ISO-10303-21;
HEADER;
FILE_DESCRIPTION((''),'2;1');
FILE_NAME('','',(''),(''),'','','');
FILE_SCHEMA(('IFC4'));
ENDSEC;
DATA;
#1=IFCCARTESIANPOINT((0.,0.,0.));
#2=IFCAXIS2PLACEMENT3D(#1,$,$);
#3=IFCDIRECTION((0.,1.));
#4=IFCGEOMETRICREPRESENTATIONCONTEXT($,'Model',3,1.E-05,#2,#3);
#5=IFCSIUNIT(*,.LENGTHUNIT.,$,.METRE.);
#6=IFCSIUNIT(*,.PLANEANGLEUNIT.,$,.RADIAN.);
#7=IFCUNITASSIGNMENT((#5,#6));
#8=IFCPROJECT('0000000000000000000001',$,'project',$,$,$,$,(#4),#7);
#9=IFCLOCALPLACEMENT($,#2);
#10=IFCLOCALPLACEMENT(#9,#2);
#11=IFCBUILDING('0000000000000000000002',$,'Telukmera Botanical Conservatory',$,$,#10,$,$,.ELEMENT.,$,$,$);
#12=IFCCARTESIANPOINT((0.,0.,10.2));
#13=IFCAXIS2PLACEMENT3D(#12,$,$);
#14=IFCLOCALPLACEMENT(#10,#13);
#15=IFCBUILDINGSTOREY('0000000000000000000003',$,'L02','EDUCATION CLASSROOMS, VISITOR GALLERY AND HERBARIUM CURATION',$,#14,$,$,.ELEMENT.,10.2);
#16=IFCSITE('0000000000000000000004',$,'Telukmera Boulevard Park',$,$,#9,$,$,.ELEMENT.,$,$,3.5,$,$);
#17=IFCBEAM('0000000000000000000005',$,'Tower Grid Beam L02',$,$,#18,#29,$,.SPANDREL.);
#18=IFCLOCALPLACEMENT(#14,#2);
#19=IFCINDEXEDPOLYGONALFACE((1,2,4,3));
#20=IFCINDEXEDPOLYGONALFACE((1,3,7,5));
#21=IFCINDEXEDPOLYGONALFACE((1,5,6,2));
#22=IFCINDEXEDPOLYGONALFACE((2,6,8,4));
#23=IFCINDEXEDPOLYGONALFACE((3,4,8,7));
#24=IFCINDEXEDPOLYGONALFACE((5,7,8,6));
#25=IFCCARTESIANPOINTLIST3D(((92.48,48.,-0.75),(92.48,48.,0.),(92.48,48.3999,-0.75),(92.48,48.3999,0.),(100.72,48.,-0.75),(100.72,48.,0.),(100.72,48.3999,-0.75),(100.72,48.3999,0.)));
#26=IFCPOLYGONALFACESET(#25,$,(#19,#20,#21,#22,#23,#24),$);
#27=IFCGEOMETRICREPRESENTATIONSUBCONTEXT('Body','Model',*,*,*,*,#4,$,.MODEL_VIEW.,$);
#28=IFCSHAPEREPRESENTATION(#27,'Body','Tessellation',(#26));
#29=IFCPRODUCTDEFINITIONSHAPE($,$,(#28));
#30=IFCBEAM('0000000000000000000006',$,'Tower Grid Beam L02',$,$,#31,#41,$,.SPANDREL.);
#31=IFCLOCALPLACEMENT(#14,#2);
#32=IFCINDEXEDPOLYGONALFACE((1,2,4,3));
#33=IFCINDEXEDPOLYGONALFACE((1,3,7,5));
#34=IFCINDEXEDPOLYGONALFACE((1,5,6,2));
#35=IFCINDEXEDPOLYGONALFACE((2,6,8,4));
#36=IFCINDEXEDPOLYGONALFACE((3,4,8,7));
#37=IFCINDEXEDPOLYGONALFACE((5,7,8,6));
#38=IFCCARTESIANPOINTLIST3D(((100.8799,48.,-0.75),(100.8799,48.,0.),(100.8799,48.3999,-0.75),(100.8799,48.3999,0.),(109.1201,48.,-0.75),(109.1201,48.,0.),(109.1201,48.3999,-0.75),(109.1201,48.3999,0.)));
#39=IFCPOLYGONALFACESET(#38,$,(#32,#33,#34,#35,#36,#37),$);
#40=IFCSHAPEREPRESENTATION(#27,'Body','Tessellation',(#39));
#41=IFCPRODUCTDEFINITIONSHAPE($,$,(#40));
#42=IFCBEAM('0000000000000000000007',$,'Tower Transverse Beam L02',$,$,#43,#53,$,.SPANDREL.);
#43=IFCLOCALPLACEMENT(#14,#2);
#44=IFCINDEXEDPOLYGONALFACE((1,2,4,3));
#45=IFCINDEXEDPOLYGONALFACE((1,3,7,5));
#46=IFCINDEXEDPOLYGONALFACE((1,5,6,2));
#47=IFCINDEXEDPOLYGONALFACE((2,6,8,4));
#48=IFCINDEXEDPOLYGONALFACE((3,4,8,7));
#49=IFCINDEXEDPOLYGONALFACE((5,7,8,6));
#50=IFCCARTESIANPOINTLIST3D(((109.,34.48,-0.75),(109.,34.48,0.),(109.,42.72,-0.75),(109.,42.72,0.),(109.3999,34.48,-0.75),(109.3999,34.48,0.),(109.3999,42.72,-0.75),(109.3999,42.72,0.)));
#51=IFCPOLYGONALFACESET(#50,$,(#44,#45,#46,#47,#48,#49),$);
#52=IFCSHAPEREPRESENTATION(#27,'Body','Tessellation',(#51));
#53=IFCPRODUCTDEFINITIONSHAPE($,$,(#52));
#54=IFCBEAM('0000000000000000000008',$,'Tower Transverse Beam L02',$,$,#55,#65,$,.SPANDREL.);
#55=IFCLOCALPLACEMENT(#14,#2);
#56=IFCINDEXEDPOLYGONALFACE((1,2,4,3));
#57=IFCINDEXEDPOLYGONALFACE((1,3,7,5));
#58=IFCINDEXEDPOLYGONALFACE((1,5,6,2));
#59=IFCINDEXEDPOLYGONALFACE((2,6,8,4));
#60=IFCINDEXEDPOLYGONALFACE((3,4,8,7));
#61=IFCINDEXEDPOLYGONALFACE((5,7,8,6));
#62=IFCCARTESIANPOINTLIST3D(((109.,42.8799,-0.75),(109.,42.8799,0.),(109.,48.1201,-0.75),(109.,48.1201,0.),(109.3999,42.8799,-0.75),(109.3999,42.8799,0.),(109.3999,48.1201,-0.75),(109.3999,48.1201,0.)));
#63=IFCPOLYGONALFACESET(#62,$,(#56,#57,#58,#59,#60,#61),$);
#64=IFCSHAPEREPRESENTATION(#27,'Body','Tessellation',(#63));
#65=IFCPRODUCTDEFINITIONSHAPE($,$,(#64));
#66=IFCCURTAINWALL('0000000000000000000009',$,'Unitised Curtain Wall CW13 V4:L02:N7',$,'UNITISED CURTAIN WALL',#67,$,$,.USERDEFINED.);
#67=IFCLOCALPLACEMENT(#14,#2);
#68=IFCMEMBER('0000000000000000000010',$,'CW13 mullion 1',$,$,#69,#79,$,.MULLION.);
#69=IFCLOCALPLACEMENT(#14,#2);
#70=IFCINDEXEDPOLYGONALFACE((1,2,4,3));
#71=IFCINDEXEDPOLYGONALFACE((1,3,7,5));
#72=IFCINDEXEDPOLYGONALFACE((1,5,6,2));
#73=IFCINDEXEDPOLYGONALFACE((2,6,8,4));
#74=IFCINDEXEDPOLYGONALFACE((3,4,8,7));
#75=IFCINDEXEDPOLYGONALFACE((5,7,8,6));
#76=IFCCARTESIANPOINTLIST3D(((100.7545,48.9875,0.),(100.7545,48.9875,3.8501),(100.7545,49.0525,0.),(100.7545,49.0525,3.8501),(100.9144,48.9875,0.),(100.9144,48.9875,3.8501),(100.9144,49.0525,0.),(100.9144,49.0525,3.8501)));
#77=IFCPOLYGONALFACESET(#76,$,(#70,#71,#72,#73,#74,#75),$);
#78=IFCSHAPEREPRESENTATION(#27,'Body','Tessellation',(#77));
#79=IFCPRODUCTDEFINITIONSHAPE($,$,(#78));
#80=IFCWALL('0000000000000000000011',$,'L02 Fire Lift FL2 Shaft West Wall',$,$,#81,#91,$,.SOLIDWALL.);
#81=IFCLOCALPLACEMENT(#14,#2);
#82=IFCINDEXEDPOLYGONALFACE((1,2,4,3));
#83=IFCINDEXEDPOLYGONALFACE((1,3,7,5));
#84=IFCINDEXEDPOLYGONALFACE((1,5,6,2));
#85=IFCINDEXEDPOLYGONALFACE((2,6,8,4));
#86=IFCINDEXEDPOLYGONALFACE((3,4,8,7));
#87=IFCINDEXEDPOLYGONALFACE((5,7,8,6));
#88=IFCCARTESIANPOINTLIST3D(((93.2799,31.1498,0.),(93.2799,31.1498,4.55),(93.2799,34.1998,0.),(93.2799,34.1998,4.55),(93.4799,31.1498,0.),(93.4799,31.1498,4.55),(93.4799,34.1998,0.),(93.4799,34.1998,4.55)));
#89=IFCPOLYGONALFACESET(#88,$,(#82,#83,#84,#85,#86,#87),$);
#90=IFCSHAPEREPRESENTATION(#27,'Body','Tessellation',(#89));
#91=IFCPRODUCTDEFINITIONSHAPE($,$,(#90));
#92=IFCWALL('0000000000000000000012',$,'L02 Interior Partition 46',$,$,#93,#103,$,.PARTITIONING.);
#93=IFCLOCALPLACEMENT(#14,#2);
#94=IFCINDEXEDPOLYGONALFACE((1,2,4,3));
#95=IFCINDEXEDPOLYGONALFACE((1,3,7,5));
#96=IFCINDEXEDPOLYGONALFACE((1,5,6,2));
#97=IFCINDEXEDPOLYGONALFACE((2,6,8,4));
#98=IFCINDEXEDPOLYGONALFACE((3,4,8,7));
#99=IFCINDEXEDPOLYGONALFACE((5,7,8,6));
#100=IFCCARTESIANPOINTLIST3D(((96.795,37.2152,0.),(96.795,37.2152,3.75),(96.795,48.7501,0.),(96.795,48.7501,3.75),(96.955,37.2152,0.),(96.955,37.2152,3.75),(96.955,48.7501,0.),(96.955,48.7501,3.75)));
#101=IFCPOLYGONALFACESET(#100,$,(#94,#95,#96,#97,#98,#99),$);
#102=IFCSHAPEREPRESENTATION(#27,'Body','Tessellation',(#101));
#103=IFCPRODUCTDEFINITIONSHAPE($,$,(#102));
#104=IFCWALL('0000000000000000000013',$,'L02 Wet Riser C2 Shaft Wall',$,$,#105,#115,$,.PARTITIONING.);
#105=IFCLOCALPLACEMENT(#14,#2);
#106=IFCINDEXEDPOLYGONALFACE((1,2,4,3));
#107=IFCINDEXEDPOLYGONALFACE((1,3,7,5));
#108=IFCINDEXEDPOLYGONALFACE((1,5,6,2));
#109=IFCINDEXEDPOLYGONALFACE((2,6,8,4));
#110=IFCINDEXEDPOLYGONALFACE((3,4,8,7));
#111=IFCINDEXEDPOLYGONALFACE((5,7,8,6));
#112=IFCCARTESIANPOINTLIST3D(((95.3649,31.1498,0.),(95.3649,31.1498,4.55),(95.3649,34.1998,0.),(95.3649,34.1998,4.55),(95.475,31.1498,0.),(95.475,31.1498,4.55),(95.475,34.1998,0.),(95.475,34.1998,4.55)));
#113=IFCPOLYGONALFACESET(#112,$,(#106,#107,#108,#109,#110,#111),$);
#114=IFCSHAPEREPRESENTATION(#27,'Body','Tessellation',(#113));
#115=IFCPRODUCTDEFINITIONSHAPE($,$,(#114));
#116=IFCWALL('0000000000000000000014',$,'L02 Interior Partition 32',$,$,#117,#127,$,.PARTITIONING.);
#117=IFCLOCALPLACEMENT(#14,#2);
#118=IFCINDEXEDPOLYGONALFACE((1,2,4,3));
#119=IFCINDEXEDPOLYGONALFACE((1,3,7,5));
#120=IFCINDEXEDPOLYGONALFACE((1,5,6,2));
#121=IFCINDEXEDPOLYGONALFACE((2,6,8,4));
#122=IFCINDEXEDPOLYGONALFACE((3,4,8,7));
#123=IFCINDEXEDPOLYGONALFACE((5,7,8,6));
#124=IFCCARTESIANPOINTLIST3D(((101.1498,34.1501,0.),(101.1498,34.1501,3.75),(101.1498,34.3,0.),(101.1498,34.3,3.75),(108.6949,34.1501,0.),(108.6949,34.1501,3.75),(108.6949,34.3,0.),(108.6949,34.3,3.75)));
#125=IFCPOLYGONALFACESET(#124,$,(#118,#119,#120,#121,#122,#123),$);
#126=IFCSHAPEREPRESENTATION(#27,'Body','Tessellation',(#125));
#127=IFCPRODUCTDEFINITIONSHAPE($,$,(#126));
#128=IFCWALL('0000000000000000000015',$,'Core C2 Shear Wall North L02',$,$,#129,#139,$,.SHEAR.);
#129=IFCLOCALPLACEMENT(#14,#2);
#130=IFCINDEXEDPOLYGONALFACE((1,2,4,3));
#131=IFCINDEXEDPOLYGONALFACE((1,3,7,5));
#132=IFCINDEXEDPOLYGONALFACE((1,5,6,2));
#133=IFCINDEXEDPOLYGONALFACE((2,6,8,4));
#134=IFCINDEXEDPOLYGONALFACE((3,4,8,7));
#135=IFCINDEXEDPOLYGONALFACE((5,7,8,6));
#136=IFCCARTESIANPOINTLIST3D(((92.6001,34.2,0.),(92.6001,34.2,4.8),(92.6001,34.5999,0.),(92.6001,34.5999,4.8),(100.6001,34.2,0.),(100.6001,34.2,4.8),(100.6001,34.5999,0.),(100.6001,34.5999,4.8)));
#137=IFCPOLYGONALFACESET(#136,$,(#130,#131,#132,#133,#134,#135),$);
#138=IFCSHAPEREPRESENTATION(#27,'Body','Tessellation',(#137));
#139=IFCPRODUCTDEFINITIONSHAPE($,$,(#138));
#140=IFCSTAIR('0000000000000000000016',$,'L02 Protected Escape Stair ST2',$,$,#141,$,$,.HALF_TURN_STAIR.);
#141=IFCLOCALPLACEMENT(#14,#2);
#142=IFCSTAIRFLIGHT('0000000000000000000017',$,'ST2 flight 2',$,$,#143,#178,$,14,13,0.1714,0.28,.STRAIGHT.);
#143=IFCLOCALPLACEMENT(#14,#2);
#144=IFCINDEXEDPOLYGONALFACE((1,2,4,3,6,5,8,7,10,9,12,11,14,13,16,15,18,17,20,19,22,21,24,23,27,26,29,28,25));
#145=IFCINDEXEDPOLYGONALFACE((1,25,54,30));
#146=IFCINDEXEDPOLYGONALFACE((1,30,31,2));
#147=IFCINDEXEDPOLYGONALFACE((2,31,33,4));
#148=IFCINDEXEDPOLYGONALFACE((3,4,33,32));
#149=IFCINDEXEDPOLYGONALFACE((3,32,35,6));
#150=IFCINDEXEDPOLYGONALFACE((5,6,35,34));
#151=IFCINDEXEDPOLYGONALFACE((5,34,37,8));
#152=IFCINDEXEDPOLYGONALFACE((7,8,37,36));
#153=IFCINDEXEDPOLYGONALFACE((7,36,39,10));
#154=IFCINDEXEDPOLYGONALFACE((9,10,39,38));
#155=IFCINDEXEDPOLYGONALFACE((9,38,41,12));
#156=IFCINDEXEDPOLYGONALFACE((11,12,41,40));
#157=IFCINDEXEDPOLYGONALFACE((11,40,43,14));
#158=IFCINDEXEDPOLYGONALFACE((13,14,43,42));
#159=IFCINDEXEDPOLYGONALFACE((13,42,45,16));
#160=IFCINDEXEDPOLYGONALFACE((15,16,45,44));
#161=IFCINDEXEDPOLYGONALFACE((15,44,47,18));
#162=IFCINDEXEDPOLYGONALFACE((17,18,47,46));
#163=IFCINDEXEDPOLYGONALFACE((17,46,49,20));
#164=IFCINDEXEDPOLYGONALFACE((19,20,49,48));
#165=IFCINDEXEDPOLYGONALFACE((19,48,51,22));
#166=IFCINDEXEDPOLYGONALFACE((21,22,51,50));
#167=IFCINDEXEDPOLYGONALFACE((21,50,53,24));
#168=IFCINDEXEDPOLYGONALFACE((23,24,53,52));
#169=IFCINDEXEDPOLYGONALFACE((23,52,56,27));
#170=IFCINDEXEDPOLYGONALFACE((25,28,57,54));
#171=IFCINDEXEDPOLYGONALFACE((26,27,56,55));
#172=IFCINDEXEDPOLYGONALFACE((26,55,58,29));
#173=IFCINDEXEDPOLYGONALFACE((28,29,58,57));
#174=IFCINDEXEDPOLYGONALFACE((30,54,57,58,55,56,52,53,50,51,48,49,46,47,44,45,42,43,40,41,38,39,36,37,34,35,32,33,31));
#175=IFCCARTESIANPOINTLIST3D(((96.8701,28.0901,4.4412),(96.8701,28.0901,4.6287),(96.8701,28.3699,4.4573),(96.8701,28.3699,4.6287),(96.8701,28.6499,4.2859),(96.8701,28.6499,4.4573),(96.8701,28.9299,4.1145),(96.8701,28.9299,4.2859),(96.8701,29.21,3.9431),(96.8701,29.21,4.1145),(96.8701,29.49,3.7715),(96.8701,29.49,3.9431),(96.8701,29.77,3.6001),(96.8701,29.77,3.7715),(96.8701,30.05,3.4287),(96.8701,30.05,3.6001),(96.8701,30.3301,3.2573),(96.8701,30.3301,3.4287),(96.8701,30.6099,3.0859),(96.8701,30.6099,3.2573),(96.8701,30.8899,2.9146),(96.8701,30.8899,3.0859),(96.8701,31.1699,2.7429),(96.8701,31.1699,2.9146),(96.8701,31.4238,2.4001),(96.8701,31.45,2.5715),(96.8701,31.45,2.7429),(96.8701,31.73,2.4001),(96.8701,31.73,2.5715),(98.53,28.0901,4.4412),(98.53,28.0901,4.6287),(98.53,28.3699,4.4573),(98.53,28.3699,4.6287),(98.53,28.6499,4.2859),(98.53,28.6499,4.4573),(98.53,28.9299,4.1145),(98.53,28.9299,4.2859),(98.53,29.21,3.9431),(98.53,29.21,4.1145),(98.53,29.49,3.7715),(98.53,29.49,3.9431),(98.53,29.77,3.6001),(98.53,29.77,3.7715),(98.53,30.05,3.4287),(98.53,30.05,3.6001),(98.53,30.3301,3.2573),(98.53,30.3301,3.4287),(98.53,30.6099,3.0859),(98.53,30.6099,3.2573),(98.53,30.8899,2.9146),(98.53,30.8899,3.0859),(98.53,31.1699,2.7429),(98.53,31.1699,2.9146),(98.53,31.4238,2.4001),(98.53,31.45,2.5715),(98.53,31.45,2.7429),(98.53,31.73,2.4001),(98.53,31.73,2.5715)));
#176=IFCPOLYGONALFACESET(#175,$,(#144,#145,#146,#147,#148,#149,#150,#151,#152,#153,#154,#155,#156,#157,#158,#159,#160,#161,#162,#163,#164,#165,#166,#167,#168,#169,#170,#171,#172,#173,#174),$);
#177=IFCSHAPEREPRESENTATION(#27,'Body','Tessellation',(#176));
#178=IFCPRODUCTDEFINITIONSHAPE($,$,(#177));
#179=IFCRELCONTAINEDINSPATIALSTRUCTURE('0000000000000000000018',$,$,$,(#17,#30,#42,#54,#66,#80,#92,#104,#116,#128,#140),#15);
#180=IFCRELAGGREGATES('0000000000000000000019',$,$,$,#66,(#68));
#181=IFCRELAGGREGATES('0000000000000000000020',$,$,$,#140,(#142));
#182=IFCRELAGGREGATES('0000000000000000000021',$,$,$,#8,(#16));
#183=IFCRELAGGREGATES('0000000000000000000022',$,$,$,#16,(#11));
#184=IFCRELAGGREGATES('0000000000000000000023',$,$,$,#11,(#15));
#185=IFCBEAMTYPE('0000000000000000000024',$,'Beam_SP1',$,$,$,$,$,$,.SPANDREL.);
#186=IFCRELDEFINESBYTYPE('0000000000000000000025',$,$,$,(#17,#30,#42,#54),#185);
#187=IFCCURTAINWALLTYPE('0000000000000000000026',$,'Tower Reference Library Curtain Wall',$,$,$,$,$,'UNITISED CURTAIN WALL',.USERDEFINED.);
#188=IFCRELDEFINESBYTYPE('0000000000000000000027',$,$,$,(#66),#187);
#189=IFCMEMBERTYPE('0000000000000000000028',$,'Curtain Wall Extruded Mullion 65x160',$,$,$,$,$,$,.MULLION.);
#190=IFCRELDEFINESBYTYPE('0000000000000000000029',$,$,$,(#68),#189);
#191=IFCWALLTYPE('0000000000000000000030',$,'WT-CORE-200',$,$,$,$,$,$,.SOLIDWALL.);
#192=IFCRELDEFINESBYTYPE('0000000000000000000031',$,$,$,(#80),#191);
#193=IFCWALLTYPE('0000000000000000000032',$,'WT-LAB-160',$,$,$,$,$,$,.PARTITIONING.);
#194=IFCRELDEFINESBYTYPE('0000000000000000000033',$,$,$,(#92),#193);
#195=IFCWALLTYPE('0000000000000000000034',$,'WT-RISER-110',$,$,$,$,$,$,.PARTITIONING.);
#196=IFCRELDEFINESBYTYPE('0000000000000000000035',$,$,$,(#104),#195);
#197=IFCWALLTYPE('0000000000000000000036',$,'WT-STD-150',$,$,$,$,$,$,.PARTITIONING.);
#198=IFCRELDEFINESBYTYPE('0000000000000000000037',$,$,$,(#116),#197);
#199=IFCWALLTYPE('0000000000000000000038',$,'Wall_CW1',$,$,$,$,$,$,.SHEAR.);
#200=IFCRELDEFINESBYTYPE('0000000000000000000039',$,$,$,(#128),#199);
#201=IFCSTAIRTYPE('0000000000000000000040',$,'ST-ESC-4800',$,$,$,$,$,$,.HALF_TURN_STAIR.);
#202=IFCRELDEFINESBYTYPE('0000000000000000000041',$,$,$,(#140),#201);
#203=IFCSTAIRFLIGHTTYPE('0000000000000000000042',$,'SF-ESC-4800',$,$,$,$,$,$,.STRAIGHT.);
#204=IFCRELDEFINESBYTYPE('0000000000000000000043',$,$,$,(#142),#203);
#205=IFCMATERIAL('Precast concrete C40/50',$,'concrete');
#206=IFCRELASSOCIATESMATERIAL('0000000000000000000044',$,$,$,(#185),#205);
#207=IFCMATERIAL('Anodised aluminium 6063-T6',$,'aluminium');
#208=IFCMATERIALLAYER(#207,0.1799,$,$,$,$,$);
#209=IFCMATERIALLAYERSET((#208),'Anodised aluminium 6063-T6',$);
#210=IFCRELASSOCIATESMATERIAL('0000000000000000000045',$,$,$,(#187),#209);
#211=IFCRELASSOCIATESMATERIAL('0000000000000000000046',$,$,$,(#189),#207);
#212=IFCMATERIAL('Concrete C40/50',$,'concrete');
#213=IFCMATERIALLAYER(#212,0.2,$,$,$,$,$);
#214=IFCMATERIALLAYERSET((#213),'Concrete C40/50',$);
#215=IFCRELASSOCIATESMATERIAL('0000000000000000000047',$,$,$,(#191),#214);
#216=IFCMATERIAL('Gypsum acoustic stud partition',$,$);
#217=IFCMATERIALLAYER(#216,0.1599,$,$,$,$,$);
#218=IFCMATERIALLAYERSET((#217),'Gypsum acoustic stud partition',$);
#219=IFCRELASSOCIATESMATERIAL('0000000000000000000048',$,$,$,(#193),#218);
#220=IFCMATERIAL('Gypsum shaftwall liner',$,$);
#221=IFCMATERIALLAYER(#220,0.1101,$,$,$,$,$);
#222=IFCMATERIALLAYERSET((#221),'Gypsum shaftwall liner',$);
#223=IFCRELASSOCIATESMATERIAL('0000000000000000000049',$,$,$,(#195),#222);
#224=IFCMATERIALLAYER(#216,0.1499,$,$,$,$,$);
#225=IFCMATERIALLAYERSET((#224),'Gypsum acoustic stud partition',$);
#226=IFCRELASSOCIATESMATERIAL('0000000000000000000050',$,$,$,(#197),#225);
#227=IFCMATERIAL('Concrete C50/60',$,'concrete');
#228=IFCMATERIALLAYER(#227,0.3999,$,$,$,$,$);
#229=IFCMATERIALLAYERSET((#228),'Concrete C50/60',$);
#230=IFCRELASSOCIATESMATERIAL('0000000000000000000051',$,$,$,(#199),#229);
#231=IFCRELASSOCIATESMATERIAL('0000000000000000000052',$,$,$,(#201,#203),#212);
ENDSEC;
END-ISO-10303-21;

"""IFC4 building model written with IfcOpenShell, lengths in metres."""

from ifc_helpers import new_model, si_unit, direction, frame, frame_2d, origin, origin_2d, place, context, subcontext, project, spatial, polyline, rectangle, outline, extrude, material, layer, layer_set, material_profile, profile_set, type_object, element, aggregate, save


model = new_model("IFC4")

# Units and contexts
model_context = context("Model", 3, precision=1e-05, world=origin(), true_north=direction((0.0, 1.0)))
body_context = subcontext(model_context, "Body", "Model", "MODEL_VIEW")
ifc_project = project(units=[si_unit("LENGTHUNIT", "METRE"), si_unit("PLANEANGLEUNIT", "RADIAN")], contexts=[model_context])

# Site, building, storey
site_placement = place(None, origin())
site = spatial("IfcSite", under=ifc_project, at=site_placement, Name="Telukmera Boulevard Park", CompositionType="ELEMENT", RefElevation=3.5)
building_placement = place(site_placement, origin())
building = spatial("IfcBuilding", under=site, at=building_placement, Name="Telukmera Botanical Conservatory", CompositionType="ELEMENT")
storey_placement = place(building_placement, frame((0.0, 0.0, 10.2)))
storey = spatial("IfcBuildingStorey", under=building, at=storey_placement, Name="L02", Description="EDUCATION CLASSROOMS, VISITOR GALLERY AND HERBARIUM CURATION", CompositionType="ELEMENT", Elevation=10.2)

# Shared definitions
ifc_material_1 = material(Name="Concrete C50/60", Category="concrete")

# Beams
ifc_material_2 = material(Name="Concrete C40/50", Category="concrete")
ifc_material_3 = material(Name="Precast concrete C40/50", Category="concrete")
ifc_material_profile_1 = material_profile(ifc_material_3, rectangle(XDim=0.3999, YDim=0.75, at=origin_2d()), Name="PC 400x750")
ifc_profile_set_1 = profile_set([ifc_material_profile_1], Name="Precast concrete C40/50")
beam_type_1 = type_object("IfcBeamType", Name="Beam_SP1", PredefinedType="SPANDREL", material=ifc_profile_set_1)
beam_1_placement = place(storey_placement, frame((92.48, 48.2, -0.375), z_axis=(1.0, 0.0, 0.0), x_axis=(0.0, 1.0, 0.0)))
element("IfcBeam", 1, at=beam_1_placement, inside=storey, type_object=beam_type_1, Name="Tower Grid Beam L02", PredefinedType="SPANDREL", context=body_context, shape_type="SweptSolid", body=[
    extrude(rectangle(XDim=0.3999, YDim=0.75, at=origin_2d()), origin(), (0.0, 0.0, 1.0), 8.24),
])
beam_2_placement = place(storey_placement, frame((100.8799, 48.2, -0.375), z_axis=(1.0, 0.0, 0.0), x_axis=(0.0, 1.0, 0.0)))
element("IfcBeam", 2, at=beam_2_placement, inside=storey, type_object=beam_type_1, Name="Tower Grid Beam L02", PredefinedType="SPANDREL", context=body_context, shape_type="SweptSolid", body=[
    extrude(rectangle(XDim=0.3999, YDim=0.75, at=origin_2d()), origin(), (0.0, 0.0, 1.0), 8.2402),
])
beam_3_placement = place(storey_placement, frame((109.2, 34.48, -0.375), z_axis=(0.0, 1.0, 0.0), x_axis=(-1.0, 0.0, 0.0)))
element("IfcBeam", 3, at=beam_3_placement, inside=storey, type_object=beam_type_1, Name="Tower Transverse Beam L02", PredefinedType="SPANDREL", context=body_context, shape_type="SweptSolid", body=[
    extrude(rectangle(XDim=0.3999, YDim=0.75, at=origin_2d()), origin(), (0.0, 0.0, 1.0), 8.24),
])
beam_4_placement = place(storey_placement, frame((109.2, 42.8799, -0.375), z_axis=(0.0, 1.0, 0.0), x_axis=(-1.0, 0.0, 0.0)))
element("IfcBeam", 4, at=beam_4_placement, inside=storey, type_object=beam_type_1, Name="Tower Transverse Beam L02", PredefinedType="SPANDREL", context=body_context, shape_type="SweptSolid", body=[
    extrude(rectangle(XDim=0.3999, YDim=0.75, at=origin_2d()), origin(), (0.0, 0.0, 1.0), 5.2402),
])

# Curtain wall, member
ifc_material_4 = material(Name="Anodised aluminium 6063-T6", Category="aluminium")
ifc_layer_1 = layer(ifc_material_4, 0.1799)
ifc_layer_set_1 = layer_set([ifc_layer_1], Name="Anodised aluminium 6063-T6")
curtain_wall_type = type_object("IfcCurtainWallType", Name="Tower Reference Library Curtain Wall", ElementType="UNITISED CURTAIN WALL", PredefinedType="USERDEFINED", material=ifc_layer_set_1)
curtain_wall_placement = place(storey_placement, origin())
curtain_wall = element("IfcCurtainWall", 5, at=curtain_wall_placement, inside=storey, type_object=curtain_wall_type, Name="Unitised Curtain Wall CW13 V4:L02:N7", ObjectType="UNITISED CURTAIN WALL", PredefinedType="USERDEFINED")
ifc_material_profile_2 = material_profile(ifc_material_4, rectangle(XDim=0.0649, YDim=0.1599, at=origin_2d()), Name="ALU MULL 65x160")
ifc_profile_set_2 = profile_set([ifc_material_profile_2], Name="Anodised aluminium 6063-T6")
member_type = type_object("IfcMemberType", Name="Curtain Wall Extruded Mullion 65x160", PredefinedType="MULLION", material=ifc_profile_set_2)
member_placement = place(storey_placement, frame((100.8345, 49.02, 0.0), z_axis=(0.0, 0.0, 1.0), x_axis=(0.0, 1.0, 0.0)))
member = element("IfcMember", 6, at=member_placement, type_object=member_type, Name="CW13 mullion 1", PredefinedType="MULLION", context=body_context, shape_type="SweptSolid", body=[
    extrude(rectangle(XDim=0.0649, YDim=0.1599, at=origin_2d()), origin(), (0.0, 0.0, 1.0), 3.8501),
])
aggregate(curtain_wall, [member])

# Shared definitions
ifc_layer_2 = layer(ifc_material_2, 0.2)
ifc_layer_set_2 = layer_set([ifc_layer_2], Name="Concrete C40/50")
wall_type_1 = type_object("IfcWallType", Name="WT-CORE-200", PredefinedType="SOLIDWALL", material=ifc_layer_set_2)

# Walls
wall_1_placement = place(storey_placement, frame((93.3799, 31.1499, 0.0), z_axis=(0.0, 0.0, 1.0), x_axis=(0.0, 1.0, 0.0)))
element("IfcWall", 7, at=wall_1_placement, inside=storey, type_object=wall_type_1, Name="L02 Fire Lift FL2 Shaft West Wall", PredefinedType="SOLIDWALL", context=body_context, shape_type="SweptSolid", body=[
    extrude(rectangle(XDim=3.05, YDim=0.2, at=frame_2d((1.5249, 0.0))), origin(), (0.0, 0.0, 1.0), 4.55),
])
ifc_material_5 = material(Name="Gypsum acoustic stud partition")
ifc_layer_3 = layer(ifc_material_5, 0.1599)
ifc_layer_set_3 = layer_set([ifc_layer_3], Name="Gypsum acoustic stud partition")
wall_type_2 = type_object("IfcWallType", Name="WT-LAB-160", PredefinedType="PARTITIONING", material=ifc_layer_set_3)
wall_2_placement = place(storey_placement, frame((96.875, 37.2151, 0.0), z_axis=(0.0, 0.0, 1.0), x_axis=(0.0, 1.0, 0.0)))
element("IfcWall", 8, at=wall_2_placement, inside=storey, type_object=wall_type_2, Name="L02 Interior Partition 46", PredefinedType="PARTITIONING", context=body_context, shape_type="SweptSolid", body=[
    extrude(rectangle(XDim=11.5349, YDim=0.1599, at=frame_2d((5.7676, 0.0))), origin(), (0.0, 0.0, 1.0), 3.75),
])
ifc_material_6 = material(Name="Gypsum shaftwall liner")
ifc_layer_4 = layer(ifc_material_6, 0.1101)
ifc_layer_set_4 = layer_set([ifc_layer_4], Name="Gypsum shaftwall liner")
wall_type_3 = type_object("IfcWallType", Name="WT-RISER-110", PredefinedType="PARTITIONING", material=ifc_layer_set_4)
wall_3_placement = place(storey_placement, frame((95.4199, 31.1499, 0.0), z_axis=(0.0, 0.0, 1.0), x_axis=(0.0, 1.0, 0.0)))
element("IfcWall", 9, at=wall_3_placement, inside=storey, type_object=wall_type_3, Name="L02 Wet Riser C2 Shaft Wall", PredefinedType="PARTITIONING", context=body_context, shape_type="SweptSolid", body=[
    extrude(rectangle(XDim=3.05, YDim=0.1101, at=frame_2d((1.5249, 0.0))), origin(), (0.0, 0.0, 1.0), 4.55),
])
ifc_layer_5 = layer(ifc_material_5, 0.1499)
ifc_layer_set_5 = layer_set([ifc_layer_5], Name="Gypsum acoustic stud partition")
wall_type_4 = type_object("IfcWallType", Name="WT-STD-150", PredefinedType="PARTITIONING", material=ifc_layer_set_5)
wall_4_placement = place(storey_placement, frame((101.1499, 34.2251, 0.0), z_axis=(0.0, 0.0, 1.0), x_axis=(1.0, 0.0, 0.0)))
element("IfcWall", 10, at=wall_4_placement, inside=storey, type_object=wall_type_4, Name="L02 Interior Partition 32", PredefinedType="PARTITIONING", context=body_context, shape_type="SweptSolid", body=[
    extrude(rectangle(XDim=7.5452, YDim=0.1499, at=frame_2d((3.7725, 0.0))), origin(), (0.0, 0.0, 1.0), 3.75),
])

# Wall
ifc_layer_6 = layer(ifc_material_1, 0.3999)
ifc_layer_set_6 = layer_set([ifc_layer_6], Name="Concrete C50/60")
wall_type_5 = type_object("IfcWallType", Name="Wall_CW1", PredefinedType="SHEAR", material=ifc_layer_set_6)
wall_5_placement = place(storey_placement, frame((92.6001, 34.3999, 0.0), z_axis=(0.0, 0.0, 1.0), x_axis=(1.0, 0.0, 0.0)))
element("IfcWall", 11, at=wall_5_placement, inside=storey, type_object=wall_type_5, Name="Core C2 Shear Wall North L02", PredefinedType="SHEAR", context=body_context, shape_type="SweptSolid", body=[
    extrude(rectangle(XDim=8.0, YDim=0.3999, at=frame_2d((4.0, 0.0))), origin(), (0.0, 0.0, 1.0), 4.8),
])

# Stair, stair flight
stair_type = type_object("IfcStairType", Name="ST-ESC-4800", PredefinedType="HALF_TURN_STAIR", material=ifc_material_2)
stair_placement = place(storey_placement, origin())
stair = element("IfcStair", 12, at=stair_placement, inside=storey, type_object=stair_type, Name="L02 Protected Escape Stair ST2", PredefinedType="HALF_TURN_STAIR")
stair_flight_type = type_object("IfcStairFlightType", Name="SF-ESC-4800", PredefinedType="STRAIGHT", material=ifc_material_2)
stair_flight_placement = place(storey_placement, frame((97.7, 31.73, 2.4001), z_axis=(0.0, 0.0, 1.0), x_axis=(0.0, -1.0, 0.0)))
stair_flight = element("IfcStairFlight", 13, at=stair_flight_placement, type_object=stair_flight_type, Name="ST2 flight 2", NumberOfRisers=14, NumberOfTreads=13, PredefinedType="STRAIGHT", RiserHeight=0.1714, TreadLength=0.28, context=body_context, shape_type="SweptSolid", body=[
    extrude(outline(polyline([(0.0, 0.0), (0.0, 0.1714), (0.28, 0.1714), (0.28, 0.3428), (0.5601, 0.3428), (0.5601, 0.5144), (0.8401, 0.5144), (0.8401, 0.6858), (1.1201, 0.6858), (1.1201, 0.8572), (1.3999, 0.8572), (1.3999, 1.0286), (1.6799, 1.0286), (1.6799, 1.2), (1.96, 1.2), (1.96, 1.3713), (2.24, 1.3713), (2.24, 1.543), (2.52, 1.543), (2.52, 1.7144), (2.8, 1.7144), (2.8, 1.8857), (3.0801, 1.8857), (3.0801, 2.0571), (3.3601, 2.0571), (3.3601, 2.2285), (3.6399, 2.2285), (3.6399, 2.3999), (3.6399, 2.041), (0.3062, 0.0), (0.0, 0.0)])), frame((0.0, 0.8301, 0.0), z_axis=(0.0, -1.0, 0.0), x_axis=(1.0, 0.0, 0.0)), (0.0, 0.0, 1.0), 1.6599),
])
aggregate(stair, [stair_flight])

save(model, "model.ifc")
